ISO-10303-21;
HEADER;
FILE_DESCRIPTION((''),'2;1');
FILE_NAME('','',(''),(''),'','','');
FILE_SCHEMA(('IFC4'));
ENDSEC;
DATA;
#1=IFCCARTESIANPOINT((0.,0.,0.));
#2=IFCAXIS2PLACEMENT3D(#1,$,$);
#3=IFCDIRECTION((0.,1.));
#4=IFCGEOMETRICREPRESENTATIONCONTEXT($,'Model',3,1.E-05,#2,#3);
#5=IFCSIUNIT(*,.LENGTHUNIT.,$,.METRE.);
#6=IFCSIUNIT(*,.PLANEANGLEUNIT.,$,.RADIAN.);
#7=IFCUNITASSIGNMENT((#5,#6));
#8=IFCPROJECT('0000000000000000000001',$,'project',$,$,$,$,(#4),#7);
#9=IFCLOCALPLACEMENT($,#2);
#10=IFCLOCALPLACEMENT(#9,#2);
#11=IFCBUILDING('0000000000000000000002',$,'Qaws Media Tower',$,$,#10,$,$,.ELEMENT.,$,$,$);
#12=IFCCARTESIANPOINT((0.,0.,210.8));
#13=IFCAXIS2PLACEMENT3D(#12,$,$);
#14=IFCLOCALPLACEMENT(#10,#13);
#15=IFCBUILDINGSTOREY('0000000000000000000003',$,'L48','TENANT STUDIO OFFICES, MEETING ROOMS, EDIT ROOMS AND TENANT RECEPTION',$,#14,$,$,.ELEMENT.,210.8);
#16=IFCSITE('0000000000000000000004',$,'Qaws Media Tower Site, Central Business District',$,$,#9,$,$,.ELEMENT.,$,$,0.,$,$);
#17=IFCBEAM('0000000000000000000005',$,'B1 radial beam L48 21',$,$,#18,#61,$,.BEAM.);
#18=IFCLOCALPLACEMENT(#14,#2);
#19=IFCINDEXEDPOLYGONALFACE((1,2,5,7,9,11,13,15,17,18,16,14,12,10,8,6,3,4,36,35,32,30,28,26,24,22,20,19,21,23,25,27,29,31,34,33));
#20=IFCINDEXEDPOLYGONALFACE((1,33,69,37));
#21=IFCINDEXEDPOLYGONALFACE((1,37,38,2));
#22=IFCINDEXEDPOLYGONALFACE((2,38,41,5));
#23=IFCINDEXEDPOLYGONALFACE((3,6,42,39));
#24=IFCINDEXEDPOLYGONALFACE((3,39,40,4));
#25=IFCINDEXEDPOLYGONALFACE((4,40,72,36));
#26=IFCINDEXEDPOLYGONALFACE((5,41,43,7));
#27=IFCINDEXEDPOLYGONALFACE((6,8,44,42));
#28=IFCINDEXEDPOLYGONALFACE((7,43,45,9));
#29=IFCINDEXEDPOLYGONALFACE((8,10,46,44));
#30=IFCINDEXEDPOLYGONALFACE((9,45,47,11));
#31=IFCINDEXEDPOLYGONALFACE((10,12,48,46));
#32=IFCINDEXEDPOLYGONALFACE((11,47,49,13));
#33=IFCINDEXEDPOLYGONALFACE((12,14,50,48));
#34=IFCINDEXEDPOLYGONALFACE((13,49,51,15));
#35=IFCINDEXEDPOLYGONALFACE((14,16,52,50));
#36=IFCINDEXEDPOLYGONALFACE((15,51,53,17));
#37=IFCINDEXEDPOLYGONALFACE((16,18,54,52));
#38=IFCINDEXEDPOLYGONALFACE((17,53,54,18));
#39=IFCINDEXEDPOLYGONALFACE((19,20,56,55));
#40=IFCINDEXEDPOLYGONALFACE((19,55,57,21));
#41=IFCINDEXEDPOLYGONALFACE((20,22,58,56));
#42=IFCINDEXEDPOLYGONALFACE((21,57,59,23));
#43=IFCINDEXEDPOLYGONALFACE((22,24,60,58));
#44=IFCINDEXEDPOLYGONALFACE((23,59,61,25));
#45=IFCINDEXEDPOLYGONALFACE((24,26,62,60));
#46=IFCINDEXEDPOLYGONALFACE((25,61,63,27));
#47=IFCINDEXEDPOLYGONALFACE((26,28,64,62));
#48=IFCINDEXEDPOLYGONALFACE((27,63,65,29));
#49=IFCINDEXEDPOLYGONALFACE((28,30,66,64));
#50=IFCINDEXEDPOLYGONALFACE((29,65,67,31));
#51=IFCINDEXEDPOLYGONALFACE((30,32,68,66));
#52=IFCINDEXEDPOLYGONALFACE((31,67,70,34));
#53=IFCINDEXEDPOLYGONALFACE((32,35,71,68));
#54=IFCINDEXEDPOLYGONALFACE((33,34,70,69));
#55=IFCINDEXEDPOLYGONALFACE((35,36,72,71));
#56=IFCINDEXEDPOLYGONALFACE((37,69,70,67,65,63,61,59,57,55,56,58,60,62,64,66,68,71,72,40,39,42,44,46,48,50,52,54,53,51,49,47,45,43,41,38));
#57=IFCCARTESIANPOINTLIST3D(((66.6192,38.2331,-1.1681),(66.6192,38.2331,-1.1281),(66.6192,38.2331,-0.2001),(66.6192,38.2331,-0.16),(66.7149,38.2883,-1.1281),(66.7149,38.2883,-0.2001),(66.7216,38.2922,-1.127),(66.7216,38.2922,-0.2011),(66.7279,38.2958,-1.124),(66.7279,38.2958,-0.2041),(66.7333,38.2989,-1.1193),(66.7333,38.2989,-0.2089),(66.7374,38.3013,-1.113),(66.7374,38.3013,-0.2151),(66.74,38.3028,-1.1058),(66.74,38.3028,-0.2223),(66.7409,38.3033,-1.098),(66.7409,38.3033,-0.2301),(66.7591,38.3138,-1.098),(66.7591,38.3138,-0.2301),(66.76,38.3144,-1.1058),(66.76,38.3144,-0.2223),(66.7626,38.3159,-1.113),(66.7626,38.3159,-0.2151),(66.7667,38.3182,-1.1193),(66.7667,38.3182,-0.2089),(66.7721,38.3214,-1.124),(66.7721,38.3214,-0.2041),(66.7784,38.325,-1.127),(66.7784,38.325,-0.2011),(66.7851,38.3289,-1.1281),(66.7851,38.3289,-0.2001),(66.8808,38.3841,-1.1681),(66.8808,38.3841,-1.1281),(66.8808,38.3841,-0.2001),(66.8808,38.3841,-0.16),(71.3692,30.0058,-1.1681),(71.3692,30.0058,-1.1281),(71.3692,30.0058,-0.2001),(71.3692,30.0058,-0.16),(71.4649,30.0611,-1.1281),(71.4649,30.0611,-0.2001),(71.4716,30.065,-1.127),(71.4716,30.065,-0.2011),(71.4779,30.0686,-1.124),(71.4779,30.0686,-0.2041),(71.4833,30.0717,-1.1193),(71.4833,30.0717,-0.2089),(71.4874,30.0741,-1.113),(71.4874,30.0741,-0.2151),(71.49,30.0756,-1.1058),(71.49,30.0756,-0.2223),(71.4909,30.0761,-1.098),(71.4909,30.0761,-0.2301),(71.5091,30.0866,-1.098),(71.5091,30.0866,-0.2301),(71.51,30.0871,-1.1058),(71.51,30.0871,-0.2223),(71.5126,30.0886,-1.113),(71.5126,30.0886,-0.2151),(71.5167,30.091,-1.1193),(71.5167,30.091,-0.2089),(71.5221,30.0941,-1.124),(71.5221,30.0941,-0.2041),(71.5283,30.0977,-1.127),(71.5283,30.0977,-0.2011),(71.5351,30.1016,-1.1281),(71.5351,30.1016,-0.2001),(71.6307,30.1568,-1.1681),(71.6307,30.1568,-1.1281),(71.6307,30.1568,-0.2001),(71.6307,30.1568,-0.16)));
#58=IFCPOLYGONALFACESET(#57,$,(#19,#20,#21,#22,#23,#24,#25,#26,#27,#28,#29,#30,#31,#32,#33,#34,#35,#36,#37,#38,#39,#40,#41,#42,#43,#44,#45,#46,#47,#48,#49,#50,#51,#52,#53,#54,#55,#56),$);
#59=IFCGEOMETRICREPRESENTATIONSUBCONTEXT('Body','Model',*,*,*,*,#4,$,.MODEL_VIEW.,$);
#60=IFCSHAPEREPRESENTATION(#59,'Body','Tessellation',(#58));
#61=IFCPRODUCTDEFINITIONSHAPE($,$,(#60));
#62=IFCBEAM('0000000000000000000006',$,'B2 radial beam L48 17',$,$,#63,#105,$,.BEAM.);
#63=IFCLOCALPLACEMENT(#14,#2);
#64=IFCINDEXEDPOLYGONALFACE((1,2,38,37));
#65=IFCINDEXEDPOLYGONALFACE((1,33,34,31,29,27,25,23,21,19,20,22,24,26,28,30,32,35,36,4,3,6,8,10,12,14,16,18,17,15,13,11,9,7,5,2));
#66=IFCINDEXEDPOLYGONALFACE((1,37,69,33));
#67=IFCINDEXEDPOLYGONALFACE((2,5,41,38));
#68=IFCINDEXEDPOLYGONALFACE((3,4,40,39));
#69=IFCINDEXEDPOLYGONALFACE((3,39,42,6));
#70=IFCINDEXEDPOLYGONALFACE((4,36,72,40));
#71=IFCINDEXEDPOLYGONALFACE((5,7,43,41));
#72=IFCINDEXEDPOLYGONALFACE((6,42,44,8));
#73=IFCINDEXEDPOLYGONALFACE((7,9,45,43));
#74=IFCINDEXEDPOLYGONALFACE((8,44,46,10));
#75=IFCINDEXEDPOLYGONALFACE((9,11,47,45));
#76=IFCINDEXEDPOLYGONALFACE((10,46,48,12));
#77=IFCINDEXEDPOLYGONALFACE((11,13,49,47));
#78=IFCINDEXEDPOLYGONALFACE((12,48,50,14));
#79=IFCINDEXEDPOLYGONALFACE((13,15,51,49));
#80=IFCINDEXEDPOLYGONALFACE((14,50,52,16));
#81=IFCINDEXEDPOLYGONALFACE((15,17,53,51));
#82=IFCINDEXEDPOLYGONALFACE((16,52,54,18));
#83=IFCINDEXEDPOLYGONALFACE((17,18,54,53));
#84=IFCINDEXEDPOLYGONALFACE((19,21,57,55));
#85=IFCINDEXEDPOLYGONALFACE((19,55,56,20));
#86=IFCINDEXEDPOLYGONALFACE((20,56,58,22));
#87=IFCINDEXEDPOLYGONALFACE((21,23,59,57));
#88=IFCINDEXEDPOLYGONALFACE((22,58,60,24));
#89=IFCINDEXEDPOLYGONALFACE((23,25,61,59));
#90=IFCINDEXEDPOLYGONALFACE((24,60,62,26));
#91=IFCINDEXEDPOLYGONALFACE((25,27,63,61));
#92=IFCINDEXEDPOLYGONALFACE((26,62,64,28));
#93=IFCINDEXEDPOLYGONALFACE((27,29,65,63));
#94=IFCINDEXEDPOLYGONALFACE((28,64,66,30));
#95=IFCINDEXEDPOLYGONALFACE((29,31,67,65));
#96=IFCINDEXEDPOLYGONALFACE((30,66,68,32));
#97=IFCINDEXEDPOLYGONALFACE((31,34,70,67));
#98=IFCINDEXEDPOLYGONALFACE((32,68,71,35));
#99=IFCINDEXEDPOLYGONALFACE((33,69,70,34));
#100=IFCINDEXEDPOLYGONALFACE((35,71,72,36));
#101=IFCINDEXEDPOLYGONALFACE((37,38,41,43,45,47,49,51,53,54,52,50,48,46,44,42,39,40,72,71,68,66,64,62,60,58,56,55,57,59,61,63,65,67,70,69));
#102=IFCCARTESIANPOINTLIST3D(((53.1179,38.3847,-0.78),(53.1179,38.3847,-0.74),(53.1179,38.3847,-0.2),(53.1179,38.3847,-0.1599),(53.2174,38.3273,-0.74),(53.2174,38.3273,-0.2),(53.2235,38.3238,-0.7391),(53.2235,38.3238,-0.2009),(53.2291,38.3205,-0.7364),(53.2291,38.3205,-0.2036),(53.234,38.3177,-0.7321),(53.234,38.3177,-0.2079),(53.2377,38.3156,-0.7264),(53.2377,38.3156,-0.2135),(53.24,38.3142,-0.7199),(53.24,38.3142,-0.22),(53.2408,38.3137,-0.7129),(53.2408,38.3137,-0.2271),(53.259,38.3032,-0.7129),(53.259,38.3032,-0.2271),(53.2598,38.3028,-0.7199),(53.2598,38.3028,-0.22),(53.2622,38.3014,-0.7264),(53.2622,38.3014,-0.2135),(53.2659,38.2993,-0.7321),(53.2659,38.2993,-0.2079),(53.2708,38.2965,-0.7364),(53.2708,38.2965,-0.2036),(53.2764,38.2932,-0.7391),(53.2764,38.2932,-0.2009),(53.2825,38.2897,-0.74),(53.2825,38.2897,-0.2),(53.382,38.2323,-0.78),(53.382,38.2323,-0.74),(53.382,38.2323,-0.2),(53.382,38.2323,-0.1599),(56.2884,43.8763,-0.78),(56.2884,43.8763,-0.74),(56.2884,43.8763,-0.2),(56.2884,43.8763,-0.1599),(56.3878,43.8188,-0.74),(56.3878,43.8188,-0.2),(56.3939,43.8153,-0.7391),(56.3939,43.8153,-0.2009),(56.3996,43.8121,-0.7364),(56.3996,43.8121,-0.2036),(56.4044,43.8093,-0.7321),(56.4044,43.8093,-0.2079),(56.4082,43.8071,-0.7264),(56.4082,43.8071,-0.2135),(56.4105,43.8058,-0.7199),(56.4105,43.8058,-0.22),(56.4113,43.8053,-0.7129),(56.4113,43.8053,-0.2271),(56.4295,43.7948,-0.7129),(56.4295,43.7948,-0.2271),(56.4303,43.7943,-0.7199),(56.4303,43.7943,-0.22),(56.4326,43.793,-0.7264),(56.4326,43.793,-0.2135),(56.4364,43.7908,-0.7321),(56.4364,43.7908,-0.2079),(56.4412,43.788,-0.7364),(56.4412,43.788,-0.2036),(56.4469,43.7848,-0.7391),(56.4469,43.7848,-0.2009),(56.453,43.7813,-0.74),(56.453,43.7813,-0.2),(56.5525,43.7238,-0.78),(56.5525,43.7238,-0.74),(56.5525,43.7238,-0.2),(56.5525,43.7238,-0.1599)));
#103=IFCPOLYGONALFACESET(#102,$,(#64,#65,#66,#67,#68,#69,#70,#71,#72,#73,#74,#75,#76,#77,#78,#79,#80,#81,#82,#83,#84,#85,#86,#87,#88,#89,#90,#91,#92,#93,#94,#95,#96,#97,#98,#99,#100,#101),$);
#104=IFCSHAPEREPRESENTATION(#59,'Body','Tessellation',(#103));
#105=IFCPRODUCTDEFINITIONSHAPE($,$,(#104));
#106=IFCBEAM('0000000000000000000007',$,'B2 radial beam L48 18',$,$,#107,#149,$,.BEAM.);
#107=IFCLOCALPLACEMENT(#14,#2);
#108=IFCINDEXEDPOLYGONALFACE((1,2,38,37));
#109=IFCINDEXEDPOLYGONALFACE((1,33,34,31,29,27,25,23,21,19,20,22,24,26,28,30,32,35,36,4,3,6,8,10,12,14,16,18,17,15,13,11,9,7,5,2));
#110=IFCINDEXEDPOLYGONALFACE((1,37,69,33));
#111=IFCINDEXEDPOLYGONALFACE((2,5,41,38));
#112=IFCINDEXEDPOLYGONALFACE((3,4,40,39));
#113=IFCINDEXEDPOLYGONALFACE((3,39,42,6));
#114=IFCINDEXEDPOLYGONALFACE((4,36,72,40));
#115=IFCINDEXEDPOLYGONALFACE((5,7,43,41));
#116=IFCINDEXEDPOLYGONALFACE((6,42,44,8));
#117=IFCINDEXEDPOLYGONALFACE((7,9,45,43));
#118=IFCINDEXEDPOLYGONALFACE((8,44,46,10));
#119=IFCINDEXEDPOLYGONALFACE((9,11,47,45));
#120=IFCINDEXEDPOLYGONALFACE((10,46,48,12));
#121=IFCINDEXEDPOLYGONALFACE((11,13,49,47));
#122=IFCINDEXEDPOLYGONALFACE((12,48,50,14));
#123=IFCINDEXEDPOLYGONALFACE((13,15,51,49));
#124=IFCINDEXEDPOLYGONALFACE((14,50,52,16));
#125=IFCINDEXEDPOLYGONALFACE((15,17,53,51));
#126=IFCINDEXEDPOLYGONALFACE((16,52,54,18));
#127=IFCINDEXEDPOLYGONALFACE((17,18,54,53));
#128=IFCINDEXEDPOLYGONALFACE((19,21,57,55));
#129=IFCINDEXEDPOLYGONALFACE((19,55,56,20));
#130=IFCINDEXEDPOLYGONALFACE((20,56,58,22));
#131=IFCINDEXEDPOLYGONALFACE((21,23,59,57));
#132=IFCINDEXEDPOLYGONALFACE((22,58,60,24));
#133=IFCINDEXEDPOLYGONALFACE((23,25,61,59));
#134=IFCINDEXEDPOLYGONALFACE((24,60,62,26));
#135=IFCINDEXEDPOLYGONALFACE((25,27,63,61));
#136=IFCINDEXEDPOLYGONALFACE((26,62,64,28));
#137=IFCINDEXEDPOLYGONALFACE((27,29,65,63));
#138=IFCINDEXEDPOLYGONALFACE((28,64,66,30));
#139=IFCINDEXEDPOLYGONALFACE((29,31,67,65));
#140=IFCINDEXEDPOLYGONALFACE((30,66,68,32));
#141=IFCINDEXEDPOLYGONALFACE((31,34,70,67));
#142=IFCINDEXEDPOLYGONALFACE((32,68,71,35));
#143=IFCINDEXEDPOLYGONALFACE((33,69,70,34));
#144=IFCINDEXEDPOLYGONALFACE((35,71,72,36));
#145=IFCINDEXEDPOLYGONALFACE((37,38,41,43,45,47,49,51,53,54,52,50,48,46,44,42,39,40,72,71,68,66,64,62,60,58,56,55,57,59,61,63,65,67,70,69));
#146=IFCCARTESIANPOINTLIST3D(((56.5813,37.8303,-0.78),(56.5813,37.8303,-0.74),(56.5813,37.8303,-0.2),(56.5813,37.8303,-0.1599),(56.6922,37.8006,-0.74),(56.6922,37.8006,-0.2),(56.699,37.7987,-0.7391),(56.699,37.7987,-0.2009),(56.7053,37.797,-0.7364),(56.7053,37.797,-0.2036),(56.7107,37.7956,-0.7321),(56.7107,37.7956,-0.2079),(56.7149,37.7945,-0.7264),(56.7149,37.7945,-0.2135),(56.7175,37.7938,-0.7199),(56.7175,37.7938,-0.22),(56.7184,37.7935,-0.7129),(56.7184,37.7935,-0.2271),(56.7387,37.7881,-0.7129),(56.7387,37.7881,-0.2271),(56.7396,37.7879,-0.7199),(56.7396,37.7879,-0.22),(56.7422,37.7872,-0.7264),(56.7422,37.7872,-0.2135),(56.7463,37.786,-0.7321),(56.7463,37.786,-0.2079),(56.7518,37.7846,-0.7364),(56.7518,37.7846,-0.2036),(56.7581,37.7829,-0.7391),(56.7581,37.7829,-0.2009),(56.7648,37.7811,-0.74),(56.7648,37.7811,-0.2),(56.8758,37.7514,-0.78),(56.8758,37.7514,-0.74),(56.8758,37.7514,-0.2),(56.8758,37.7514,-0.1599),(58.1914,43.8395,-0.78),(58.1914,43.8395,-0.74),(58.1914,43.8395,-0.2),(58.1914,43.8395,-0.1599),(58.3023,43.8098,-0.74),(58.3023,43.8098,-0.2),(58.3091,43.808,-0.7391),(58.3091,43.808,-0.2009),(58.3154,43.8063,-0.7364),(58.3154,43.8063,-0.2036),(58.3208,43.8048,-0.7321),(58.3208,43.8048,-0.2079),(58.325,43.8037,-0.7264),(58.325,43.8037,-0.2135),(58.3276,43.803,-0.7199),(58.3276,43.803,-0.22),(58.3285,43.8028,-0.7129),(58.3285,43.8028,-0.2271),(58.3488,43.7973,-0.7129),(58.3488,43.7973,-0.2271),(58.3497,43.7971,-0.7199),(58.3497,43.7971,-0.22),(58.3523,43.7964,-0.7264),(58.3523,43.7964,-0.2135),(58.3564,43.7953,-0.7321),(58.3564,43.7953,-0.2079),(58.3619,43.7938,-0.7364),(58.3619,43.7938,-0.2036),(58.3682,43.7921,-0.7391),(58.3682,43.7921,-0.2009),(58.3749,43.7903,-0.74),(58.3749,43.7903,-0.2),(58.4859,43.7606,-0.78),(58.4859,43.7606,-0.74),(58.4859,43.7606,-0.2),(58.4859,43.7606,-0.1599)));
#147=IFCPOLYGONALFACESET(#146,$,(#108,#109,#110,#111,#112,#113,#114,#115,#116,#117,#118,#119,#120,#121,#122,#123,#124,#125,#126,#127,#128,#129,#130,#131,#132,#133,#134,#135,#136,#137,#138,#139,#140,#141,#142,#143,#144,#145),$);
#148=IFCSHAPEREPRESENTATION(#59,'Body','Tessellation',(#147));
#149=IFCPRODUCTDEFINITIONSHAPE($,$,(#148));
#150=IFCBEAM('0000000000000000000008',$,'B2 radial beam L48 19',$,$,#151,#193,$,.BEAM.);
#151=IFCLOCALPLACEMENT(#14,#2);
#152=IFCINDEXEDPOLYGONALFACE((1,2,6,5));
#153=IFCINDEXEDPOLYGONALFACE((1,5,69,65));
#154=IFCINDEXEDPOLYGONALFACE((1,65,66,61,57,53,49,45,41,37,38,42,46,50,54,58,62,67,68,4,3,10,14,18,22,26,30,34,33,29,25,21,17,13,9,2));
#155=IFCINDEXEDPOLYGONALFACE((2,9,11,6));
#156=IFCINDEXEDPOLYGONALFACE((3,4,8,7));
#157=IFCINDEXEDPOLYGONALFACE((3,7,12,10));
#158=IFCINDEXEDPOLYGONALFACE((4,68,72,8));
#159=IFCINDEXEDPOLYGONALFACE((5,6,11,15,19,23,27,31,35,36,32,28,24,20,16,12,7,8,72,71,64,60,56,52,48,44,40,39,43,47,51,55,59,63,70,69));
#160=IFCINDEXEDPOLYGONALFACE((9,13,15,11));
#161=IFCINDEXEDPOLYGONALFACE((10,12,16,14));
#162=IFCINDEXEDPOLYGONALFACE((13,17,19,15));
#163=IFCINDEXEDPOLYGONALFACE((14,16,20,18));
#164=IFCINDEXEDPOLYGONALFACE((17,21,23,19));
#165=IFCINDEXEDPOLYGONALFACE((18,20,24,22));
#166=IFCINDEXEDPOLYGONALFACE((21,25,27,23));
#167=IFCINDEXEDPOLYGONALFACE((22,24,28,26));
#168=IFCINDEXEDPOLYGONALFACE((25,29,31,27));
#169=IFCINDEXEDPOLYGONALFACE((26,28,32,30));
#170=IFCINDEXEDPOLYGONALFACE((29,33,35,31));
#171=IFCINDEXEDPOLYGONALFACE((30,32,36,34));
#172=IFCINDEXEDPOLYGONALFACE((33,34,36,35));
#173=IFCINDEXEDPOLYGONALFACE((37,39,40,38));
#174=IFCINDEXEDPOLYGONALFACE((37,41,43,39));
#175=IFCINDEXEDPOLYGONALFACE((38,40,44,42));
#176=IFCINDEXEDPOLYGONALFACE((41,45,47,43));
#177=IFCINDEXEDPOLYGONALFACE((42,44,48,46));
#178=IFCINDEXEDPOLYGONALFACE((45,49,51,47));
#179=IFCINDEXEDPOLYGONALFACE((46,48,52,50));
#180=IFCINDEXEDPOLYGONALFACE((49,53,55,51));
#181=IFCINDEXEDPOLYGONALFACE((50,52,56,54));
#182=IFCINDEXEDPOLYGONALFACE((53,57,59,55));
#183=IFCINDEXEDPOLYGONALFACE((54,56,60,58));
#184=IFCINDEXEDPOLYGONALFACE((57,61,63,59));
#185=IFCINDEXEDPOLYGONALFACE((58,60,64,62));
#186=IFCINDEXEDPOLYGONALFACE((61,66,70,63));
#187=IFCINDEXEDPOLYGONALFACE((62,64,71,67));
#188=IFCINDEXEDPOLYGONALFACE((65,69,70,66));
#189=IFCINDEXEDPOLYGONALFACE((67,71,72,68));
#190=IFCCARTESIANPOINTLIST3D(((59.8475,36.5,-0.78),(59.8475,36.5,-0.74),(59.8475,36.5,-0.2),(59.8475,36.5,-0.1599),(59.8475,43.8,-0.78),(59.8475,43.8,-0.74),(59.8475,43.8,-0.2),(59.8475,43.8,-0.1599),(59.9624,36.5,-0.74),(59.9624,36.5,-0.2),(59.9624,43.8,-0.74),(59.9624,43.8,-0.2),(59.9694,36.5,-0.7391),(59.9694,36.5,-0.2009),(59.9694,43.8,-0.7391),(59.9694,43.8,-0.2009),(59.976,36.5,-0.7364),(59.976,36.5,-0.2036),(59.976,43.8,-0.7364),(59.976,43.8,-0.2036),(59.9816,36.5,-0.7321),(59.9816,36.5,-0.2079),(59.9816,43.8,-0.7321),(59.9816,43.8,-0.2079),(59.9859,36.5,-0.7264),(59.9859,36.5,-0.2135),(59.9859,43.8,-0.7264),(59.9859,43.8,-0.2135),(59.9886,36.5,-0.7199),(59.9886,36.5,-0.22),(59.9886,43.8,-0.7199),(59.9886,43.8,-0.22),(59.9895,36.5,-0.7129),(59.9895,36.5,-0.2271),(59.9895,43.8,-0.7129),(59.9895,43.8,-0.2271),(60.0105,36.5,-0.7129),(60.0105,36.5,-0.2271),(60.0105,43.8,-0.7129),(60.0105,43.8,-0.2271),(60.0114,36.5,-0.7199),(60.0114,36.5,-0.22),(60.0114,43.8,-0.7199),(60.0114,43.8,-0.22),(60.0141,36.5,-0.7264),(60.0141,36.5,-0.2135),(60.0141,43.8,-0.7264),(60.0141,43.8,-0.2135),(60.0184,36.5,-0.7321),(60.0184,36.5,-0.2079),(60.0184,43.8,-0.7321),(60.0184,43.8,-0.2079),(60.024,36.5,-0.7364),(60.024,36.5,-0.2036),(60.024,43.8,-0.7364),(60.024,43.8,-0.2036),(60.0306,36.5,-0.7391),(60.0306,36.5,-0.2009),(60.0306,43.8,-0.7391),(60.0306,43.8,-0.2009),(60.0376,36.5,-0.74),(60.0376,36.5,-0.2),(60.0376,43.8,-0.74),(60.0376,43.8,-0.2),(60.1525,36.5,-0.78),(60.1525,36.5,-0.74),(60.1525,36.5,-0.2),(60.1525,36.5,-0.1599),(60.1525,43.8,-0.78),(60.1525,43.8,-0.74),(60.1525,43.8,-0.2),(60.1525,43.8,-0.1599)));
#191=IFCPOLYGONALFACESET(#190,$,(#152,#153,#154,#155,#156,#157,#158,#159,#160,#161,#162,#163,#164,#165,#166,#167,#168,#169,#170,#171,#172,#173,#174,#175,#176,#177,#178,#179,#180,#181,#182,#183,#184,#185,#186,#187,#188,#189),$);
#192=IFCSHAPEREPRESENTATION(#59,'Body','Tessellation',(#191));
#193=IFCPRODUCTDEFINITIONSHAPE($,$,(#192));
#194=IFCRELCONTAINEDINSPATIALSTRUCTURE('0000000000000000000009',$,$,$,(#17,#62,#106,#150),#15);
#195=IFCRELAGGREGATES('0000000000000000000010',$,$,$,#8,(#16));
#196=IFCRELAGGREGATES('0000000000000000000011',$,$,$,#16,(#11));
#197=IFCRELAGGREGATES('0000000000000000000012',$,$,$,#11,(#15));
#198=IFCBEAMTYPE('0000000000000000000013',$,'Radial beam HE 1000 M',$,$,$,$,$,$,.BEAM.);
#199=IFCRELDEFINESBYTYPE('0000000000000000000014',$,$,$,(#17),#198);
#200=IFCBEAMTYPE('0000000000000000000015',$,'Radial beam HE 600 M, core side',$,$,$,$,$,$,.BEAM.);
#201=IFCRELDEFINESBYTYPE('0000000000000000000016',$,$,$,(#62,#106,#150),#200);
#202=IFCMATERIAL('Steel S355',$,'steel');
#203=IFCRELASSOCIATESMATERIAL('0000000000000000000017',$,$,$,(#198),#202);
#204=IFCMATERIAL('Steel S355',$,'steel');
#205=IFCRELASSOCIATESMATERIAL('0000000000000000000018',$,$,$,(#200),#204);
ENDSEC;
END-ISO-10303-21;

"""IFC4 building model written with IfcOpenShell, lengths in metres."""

from ifc_helpers import new_model, si_unit, direction, frame, origin, origin_2d, place, context, subcontext, project, spatial, i_section, extrude, material, material_profile, profile_set, type_object, element, save


model = new_model("IFC4")

# Units and contexts
model_context = context("Model", 3, precision=1e-05, world=origin(), true_north=direction((0.0, 1.0)))
body_context = subcontext(model_context, "Body", "Model", "MODEL_VIEW")
ifc_project = project(units=[si_unit("LENGTHUNIT", "METRE"), si_unit("PLANEANGLEUNIT", "RADIAN")], contexts=[model_context])

# Site, building, storey
site_placement = place(None, origin())
site = spatial("IfcSite", under=ifc_project, at=site_placement, Name="Qaws Media Tower Site, Central Business District", CompositionType="ELEMENT", RefElevation=0.0)
building_placement = place(site_placement, origin())
building = spatial("IfcBuilding", under=site, at=building_placement, Name="Qaws Media Tower", CompositionType="ELEMENT")
storey_placement = place(building_placement, frame((0.0, 0.0, 210.8)))
storey = spatial("IfcBuildingStorey", under=building, at=storey_placement, Name="L48", Description="TENANT STUDIO OFFICES, MEETING ROOMS, EDIT ROOMS AND TENANT RECEPTION", CompositionType="ELEMENT", Elevation=210.8)

# Beams
ifc_material_1 = material(Name="Steel S355", Category="steel")
ifc_material_profile_1 = material_profile(ifc_material_1, i_section(OverallWidth=0.302, OverallDepth=1.0081, WebThickness=0.021, FlangeThickness=0.04, FilletRadius=0.03, at=origin_2d()), Name="HE 1000 M")
ifc_profile_set_1 = profile_set([ifc_material_profile_1], Name="Steel S355")
beam_type_1 = type_object("IfcBeamType", Name="Radial beam HE 1000 M", PredefinedType="BEAM", material=ifc_profile_set_1)
beam_1_placement = place(storey_placement, frame((66.75, 38.3086, -0.6641), z_axis=(0.499998, -0.866027, 0.0), x_axis=(0.866027, 0.499998, 0.0)))
element("IfcBeam", 1, at=beam_1_placement, inside=storey, type_object=beam_type_1, Name="B1 radial beam L48 21", PredefinedType="BEAM", context=body_context, shape_type="SweptSolid", body=[
    extrude(i_section(OverallWidth=0.302, OverallDepth=1.0081, WebThickness=0.021, FlangeThickness=0.04, FilletRadius=0.03, at=origin_2d()), origin(), (0.0, 0.0, 1.0), 9.5),
])
ifc_material_2 = material(Name="Steel S355", Category="steel")
ifc_material_profile_2 = material_profile(ifc_material_2, i_section(OverallWidth=0.3049, OverallDepth=0.6201, WebThickness=0.021, FlangeThickness=0.04, FilletRadius=0.0271, at=origin_2d()), Name="HE 600 M")
ifc_profile_set_2 = profile_set([ifc_material_profile_2], Name="Steel S355")
beam_type_2 = type_object("IfcBeamType", Name="Radial beam HE 600 M, core side", PredefinedType="BEAM", material=ifc_profile_set_2)
beam_2_placement = place(storey_placement, frame((56.4204, 43.8, -0.47), z_axis=(-0.49999, -0.866031, 0.0), x_axis=(0.866031, -0.49999, 0.0)))
element("IfcBeam", 2, at=beam_2_placement, inside=storey, type_object=beam_type_2, Name="B2 radial beam L48 17", PredefinedType="BEAM", context=body_context, shape_type="SweptSolid", body=[
    extrude(i_section(OverallWidth=0.3049, OverallDepth=0.6201, WebThickness=0.021, FlangeThickness=0.04, FilletRadius=0.0271, at=origin_2d()), origin(), (0.0, 0.0, 1.0), 6.3411),
])
beam_3_placement = place(storey_placement, frame((58.3386, 43.8, -0.47), z_axis=(-0.258808, -0.965929, 0.0), x_axis=(0.965929, -0.258808, 0.0)))
element("IfcBeam", 3, at=beam_3_placement, inside=storey, type_object=beam_type_2, Name="B2 radial beam L48 18", PredefinedType="BEAM", context=body_context, shape_type="SweptSolid", body=[
    extrude(i_section(OverallWidth=0.3049, OverallDepth=0.6201, WebThickness=0.021, FlangeThickness=0.04, FilletRadius=0.0271, at=origin_2d()), origin(), (0.0, 0.0, 1.0), 6.2212),
])
beam_4_placement = place(storey_placement, frame((60.0, 43.8, -0.47), z_axis=(0.0, -1.0, 0.0), x_axis=(1.0, 0.0, 0.0)))
element("IfcBeam", 4, at=beam_4_placement, inside=storey, type_object=beam_type_2, Name="B2 radial beam L48 19", PredefinedType="BEAM", context=body_context, shape_type="SweptSolid", body=[
    extrude(i_section(OverallWidth=0.3049, OverallDepth=0.6201, WebThickness=0.021, FlangeThickness=0.04, FilletRadius=0.0271, at=origin_2d()), origin(), (0.0, 0.0, 1.0), 7.3),
])

save(model, "model.ifc")
